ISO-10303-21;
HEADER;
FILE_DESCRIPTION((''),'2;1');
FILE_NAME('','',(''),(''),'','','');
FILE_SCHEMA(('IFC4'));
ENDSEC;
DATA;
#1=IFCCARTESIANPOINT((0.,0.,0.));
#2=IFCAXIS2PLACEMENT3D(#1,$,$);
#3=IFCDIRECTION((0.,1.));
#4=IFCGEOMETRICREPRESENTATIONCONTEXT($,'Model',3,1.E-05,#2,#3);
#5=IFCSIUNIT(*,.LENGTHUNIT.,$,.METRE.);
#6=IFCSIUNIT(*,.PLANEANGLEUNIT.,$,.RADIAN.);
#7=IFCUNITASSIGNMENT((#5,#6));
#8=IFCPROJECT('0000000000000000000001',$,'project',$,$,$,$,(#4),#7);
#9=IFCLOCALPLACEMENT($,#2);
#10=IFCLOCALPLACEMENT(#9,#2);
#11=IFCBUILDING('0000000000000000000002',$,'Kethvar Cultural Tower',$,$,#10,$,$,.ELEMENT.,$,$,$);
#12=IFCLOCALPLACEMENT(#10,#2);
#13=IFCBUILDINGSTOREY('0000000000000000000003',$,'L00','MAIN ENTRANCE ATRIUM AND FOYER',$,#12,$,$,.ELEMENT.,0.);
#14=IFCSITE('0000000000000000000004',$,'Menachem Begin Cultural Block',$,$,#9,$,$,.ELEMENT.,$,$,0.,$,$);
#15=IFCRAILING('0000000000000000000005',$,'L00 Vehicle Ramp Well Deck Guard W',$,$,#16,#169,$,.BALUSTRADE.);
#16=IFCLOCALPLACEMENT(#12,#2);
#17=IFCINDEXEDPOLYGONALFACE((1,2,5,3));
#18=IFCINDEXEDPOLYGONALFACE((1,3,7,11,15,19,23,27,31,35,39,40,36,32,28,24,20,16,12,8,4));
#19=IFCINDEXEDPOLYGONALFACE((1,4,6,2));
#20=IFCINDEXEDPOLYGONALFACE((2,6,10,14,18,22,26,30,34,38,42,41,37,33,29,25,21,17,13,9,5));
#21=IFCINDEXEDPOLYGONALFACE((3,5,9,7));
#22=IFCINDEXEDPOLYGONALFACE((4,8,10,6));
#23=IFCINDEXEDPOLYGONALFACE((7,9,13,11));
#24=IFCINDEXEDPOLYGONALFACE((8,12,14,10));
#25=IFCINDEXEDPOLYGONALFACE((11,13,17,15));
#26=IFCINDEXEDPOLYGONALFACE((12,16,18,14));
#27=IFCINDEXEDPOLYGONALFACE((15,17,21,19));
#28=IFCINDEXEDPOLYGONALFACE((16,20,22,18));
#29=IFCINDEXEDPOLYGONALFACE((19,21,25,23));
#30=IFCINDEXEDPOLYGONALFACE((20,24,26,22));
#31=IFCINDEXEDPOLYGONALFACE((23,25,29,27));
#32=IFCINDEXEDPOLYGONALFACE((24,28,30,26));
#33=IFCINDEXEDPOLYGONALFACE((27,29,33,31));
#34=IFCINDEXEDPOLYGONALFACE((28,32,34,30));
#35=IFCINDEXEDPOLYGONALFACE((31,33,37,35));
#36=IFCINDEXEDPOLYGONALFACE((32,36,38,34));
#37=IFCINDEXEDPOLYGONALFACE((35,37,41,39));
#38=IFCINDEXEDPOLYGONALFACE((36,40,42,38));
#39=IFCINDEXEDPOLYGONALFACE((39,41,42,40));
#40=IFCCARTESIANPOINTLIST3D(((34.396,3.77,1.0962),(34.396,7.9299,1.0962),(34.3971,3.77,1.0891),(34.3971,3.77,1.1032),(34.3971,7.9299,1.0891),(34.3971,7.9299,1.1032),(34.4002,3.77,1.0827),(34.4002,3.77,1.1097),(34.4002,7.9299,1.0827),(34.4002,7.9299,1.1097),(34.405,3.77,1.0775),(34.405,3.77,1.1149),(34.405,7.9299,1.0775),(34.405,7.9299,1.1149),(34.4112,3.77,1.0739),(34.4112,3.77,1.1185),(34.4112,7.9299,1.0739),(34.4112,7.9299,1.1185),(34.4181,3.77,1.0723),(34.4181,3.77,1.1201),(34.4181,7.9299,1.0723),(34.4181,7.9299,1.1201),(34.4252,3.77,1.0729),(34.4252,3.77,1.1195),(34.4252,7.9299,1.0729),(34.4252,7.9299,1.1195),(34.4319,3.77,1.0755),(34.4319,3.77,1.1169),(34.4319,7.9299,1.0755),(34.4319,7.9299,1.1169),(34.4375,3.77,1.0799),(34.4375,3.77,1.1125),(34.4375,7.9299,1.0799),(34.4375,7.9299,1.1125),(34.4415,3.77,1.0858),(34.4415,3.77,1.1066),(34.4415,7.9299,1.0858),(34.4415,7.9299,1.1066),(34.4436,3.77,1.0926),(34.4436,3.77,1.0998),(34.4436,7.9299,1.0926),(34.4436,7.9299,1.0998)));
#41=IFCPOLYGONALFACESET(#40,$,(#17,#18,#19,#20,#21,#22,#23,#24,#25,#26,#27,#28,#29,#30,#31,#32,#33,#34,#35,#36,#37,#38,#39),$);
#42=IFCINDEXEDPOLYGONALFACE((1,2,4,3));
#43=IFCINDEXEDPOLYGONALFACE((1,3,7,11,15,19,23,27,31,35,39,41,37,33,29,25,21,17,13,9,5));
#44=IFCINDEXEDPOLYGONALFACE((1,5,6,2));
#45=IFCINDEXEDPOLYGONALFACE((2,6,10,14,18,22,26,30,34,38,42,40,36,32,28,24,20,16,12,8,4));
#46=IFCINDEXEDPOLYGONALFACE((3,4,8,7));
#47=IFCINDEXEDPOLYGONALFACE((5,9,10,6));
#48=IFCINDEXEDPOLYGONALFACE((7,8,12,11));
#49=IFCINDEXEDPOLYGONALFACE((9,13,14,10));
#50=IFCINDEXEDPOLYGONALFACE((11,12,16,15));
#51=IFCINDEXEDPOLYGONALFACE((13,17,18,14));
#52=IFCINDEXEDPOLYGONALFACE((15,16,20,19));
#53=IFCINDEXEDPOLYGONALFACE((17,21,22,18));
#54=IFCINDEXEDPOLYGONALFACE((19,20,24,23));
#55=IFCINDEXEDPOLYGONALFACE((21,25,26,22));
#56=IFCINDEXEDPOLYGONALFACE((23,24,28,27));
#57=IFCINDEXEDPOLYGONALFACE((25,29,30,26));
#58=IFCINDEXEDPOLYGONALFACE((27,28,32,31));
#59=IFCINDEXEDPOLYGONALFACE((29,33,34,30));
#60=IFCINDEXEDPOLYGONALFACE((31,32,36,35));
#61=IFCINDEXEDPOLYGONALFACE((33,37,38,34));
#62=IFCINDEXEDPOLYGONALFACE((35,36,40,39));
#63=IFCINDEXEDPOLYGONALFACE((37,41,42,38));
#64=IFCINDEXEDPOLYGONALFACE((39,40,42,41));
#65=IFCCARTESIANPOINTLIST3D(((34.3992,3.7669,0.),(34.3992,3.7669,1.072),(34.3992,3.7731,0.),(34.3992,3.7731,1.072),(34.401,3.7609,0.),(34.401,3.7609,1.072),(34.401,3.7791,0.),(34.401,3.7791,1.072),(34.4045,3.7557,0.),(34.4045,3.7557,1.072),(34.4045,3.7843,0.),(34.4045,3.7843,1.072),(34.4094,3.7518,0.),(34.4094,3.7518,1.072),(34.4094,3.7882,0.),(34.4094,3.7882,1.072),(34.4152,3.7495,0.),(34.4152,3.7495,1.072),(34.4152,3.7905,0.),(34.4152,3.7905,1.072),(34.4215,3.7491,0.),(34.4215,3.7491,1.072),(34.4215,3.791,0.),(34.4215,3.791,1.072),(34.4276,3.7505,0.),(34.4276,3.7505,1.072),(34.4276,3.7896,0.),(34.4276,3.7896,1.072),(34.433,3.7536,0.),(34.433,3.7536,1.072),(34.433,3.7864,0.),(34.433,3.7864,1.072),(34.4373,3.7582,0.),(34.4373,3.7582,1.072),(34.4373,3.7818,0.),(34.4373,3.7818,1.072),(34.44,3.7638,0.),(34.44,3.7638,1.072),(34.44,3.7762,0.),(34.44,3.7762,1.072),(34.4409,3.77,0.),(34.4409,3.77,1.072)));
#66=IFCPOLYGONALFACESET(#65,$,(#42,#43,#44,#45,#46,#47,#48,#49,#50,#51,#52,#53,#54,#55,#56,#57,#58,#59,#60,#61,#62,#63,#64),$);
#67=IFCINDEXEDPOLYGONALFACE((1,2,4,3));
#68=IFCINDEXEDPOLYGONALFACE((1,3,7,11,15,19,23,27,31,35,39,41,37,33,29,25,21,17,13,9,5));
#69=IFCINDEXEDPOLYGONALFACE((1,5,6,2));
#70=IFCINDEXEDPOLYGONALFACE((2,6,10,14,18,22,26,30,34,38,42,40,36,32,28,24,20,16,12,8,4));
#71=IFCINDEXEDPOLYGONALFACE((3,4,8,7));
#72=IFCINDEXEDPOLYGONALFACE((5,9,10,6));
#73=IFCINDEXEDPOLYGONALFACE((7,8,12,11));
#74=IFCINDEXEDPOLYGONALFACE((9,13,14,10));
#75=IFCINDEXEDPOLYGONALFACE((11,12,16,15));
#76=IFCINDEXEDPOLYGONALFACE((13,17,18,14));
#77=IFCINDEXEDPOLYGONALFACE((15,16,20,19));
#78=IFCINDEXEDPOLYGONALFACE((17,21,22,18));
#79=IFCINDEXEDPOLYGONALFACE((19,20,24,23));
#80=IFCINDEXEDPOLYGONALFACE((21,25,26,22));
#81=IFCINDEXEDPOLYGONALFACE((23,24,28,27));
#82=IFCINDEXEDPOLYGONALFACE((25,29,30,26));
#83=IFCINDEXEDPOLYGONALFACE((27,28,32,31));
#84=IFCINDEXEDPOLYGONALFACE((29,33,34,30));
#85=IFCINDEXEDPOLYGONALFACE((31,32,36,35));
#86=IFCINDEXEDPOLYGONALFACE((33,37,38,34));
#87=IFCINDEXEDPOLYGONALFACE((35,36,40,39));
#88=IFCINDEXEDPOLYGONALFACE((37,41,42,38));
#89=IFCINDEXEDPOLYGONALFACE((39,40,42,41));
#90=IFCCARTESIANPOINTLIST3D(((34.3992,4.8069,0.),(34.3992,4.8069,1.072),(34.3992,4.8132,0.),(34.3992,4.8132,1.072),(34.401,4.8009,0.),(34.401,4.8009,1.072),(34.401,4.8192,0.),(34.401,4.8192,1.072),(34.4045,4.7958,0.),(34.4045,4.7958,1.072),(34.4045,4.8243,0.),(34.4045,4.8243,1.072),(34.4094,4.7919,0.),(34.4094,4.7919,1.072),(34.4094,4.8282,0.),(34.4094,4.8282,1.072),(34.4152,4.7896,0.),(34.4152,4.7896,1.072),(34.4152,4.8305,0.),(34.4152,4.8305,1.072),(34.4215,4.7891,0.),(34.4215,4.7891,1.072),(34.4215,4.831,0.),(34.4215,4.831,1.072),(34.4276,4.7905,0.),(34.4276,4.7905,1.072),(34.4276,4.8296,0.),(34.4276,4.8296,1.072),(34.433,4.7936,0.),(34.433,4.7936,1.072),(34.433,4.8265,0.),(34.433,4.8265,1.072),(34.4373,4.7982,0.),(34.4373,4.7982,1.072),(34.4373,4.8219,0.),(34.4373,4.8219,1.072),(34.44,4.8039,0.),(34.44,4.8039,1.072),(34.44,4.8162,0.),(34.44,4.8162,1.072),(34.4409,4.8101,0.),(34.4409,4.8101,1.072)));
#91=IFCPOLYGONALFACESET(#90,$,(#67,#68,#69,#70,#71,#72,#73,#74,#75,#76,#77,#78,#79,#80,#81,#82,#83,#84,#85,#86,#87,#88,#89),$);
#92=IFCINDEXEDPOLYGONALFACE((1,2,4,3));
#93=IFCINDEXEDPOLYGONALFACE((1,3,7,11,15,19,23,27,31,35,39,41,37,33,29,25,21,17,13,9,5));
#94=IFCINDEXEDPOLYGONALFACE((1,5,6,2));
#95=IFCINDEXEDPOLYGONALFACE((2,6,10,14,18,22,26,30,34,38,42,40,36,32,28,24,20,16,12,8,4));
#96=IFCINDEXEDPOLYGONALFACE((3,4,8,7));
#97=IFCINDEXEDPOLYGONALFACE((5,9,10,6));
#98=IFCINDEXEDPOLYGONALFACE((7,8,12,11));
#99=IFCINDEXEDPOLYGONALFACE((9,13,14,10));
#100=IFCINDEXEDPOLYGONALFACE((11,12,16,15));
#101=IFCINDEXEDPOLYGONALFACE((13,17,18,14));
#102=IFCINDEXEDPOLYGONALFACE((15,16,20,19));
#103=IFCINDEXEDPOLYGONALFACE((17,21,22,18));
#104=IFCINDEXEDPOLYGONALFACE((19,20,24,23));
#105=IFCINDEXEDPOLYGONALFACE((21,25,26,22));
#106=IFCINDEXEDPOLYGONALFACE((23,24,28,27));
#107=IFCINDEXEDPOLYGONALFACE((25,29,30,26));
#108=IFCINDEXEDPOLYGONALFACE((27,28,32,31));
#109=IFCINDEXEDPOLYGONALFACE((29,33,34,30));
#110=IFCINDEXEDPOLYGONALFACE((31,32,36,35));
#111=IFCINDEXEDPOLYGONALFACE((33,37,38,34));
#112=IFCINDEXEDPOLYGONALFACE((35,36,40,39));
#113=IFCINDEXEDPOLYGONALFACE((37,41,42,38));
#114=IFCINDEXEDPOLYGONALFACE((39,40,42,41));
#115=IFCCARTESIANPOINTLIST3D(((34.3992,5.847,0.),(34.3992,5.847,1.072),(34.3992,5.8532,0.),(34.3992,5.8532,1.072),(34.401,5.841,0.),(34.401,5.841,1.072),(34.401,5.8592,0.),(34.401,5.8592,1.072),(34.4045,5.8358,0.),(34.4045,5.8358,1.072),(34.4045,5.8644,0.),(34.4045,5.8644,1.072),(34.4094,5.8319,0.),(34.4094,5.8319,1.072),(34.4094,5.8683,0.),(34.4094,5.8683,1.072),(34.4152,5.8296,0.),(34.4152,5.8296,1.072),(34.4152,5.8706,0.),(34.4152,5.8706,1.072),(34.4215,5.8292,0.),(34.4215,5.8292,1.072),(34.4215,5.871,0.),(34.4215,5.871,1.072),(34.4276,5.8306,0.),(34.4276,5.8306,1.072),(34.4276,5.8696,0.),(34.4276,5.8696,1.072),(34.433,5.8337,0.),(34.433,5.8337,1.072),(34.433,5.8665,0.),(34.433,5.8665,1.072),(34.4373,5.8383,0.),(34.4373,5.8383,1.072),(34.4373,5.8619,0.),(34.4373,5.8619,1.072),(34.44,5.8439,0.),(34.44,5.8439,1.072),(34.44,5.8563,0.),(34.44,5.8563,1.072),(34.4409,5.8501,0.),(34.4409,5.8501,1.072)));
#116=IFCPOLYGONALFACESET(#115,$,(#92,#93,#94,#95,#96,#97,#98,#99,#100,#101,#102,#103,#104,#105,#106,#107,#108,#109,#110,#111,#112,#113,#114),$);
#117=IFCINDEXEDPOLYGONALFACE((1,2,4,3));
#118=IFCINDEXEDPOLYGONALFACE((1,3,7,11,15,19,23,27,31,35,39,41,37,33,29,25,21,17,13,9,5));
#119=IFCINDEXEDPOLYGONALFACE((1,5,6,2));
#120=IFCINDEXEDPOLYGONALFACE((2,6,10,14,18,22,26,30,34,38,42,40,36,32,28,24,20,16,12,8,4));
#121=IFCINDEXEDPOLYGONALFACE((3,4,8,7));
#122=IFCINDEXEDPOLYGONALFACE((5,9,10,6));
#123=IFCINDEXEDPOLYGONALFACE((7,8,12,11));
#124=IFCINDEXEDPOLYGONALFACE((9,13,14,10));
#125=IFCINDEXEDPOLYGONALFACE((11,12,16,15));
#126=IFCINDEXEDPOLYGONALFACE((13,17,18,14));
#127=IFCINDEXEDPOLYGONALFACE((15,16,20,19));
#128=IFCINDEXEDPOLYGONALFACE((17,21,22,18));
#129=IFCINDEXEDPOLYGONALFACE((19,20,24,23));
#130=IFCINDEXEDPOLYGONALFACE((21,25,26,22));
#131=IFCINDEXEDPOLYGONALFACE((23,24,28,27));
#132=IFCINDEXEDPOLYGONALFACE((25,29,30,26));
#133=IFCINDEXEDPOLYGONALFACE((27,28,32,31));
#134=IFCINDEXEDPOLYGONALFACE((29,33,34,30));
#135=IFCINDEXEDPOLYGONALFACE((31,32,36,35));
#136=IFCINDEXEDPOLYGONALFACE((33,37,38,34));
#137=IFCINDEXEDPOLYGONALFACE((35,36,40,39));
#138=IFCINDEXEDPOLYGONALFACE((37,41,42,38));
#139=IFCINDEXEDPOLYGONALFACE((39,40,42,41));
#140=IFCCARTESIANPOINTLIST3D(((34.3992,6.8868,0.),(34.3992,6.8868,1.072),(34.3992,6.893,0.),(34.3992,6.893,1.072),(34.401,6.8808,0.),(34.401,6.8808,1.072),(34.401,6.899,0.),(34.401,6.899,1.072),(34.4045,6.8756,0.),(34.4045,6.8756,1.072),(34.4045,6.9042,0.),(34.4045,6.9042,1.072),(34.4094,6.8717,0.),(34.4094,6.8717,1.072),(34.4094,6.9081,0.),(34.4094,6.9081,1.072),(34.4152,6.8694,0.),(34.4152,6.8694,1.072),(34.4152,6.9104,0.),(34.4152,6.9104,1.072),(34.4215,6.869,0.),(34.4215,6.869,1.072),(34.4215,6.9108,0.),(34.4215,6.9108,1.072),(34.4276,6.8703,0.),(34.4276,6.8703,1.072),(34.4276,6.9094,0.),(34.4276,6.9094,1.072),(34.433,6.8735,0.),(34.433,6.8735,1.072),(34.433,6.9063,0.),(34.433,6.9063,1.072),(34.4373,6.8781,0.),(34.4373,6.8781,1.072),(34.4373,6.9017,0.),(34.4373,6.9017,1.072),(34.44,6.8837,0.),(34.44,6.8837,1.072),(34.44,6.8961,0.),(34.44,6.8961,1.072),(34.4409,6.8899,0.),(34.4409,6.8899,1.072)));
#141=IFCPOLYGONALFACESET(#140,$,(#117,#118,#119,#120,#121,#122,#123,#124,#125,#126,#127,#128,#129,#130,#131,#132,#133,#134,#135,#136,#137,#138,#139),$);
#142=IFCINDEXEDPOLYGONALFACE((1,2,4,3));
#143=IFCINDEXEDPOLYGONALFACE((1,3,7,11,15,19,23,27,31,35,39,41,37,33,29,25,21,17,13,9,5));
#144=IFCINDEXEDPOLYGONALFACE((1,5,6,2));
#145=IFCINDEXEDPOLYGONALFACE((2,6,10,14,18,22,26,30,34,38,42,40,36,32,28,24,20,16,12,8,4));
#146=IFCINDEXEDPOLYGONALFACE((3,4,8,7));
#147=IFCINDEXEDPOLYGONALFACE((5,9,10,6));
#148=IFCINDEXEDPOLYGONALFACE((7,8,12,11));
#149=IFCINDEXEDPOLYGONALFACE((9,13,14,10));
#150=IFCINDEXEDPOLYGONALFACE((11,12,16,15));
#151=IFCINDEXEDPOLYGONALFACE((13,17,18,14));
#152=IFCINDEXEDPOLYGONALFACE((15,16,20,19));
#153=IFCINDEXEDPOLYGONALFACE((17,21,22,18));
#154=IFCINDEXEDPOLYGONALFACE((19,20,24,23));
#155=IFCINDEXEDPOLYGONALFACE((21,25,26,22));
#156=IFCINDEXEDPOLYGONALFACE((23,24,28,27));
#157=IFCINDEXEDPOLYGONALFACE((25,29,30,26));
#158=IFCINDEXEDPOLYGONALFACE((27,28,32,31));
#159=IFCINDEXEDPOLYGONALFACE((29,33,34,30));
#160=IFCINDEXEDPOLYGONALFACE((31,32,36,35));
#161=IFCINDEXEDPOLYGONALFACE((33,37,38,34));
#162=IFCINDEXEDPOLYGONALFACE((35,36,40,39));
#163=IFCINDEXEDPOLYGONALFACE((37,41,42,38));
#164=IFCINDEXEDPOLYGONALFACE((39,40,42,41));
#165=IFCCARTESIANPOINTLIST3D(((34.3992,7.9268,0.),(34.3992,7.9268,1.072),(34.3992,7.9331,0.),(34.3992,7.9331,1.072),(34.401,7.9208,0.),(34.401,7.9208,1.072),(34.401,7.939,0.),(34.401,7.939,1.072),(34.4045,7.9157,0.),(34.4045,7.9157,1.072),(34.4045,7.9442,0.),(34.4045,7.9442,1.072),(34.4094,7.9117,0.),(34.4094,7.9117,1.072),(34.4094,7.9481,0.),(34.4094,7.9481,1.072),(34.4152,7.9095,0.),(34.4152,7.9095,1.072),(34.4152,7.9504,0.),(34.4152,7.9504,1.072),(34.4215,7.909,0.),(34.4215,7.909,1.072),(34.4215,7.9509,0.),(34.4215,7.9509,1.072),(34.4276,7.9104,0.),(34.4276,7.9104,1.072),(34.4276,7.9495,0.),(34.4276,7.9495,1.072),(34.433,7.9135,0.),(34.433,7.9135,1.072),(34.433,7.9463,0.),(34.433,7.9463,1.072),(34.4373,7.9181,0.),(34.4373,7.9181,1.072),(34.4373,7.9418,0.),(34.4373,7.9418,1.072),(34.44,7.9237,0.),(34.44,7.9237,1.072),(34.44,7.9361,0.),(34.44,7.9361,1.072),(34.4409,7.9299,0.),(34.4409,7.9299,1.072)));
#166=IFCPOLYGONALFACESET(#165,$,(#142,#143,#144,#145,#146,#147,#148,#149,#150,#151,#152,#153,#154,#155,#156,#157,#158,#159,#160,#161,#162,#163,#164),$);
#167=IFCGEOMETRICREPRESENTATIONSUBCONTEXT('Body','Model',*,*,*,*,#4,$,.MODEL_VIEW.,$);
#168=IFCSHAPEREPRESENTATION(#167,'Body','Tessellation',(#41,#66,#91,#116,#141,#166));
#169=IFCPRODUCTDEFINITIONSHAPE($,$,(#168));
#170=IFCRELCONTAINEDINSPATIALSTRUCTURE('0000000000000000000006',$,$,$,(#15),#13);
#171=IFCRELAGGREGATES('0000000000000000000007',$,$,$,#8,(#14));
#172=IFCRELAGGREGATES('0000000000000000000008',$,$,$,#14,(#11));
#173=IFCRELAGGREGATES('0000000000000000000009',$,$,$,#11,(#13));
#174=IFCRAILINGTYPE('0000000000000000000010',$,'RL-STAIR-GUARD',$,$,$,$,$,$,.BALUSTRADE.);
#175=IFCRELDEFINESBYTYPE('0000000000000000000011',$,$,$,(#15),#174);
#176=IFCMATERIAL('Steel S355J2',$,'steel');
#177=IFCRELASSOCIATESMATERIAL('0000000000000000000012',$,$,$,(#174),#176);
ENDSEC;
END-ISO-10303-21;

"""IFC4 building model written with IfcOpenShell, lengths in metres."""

from ifc_helpers import new_model, si_unit, direction, frame, origin, origin_2d, place, context, subcontext, project, spatial, circle, extrude, material, type_object, element, save


model = new_model("IFC4")

# Units and contexts
model_context = context("Model", 3, precision=1e-05, world=origin(), true_north=direction((0.0, 1.0)))
body_context = subcontext(model_context, "Body", "Model", "MODEL_VIEW")
ifc_project = project(units=[si_unit("LENGTHUNIT", "METRE"), si_unit("PLANEANGLEUNIT", "RADIAN")], contexts=[model_context])

# Site, building, storey
site_placement = place(None, origin())
site = spatial("IfcSite", under=ifc_project, at=site_placement, Name="Menachem Begin Cultural Block", CompositionType="ELEMENT", RefElevation=0.0)
building_placement = place(site_placement, origin())
building = spatial("IfcBuilding", under=site, at=building_placement, Name="Kethvar Cultural Tower", CompositionType="ELEMENT")
storey_placement = place(building_placement, origin())
storey = spatial("IfcBuildingStorey", under=building, at=storey_placement, Name="L00", Description="MAIN ENTRANCE ATRIUM AND FOYER", CompositionType="ELEMENT", Elevation=0.0)

# Shared definitions
ifc_material_1 = material(Name="Steel S355J2", Category="steel")

# Railing
railing_type_1 = type_object("IfcRailingType", Name="RL-STAIR-GUARD", PredefinedType="BALUSTRADE", material=ifc_material_1)
railing_1_placement = place(storey_placement, frame((34.4199, 3.77, 0.0)))
element("IfcRailing", 1, at=railing_1_placement, inside=storey, type_object=railing_type_1, Name="L00 Vehicle Ramp Well Deck Guard W", PredefinedType="BALUSTRADE", context=body_context, shape_type="SweptSolid", body=[
    extrude(circle(Radius=0.0239, at=origin_2d()), frame((0.0, 0.0, 1.0962), z_axis=(0.0, 1.0, 0.0), x_axis=(-1.0, 0.0, 0.0)), (0.0, 0.0, 1.0), 4.1599),
    extrude(circle(Radius=0.021, at=origin_2d()), origin(), (0.0, 0.0, 1.0), 1.072),
    extrude(circle(Radius=0.021, at=origin_2d()), frame((0.0, 1.04, 0.0)), (0.0, 0.0, 1.0), 1.072),
    extrude(circle(Radius=0.021, at=origin_2d()), frame((0.0, 2.0801, 0.0)), (0.0, 0.0, 1.0), 1.072),
    extrude(circle(Radius=0.021, at=origin_2d()), frame((0.0, 3.1199, 0.0)), (0.0, 0.0, 1.0), 1.072),
    extrude(circle(Radius=0.021, at=origin_2d()), frame((0.0, 4.1599, 0.0)), (0.0, 0.0, 1.0), 1.072),
])

save(model, "model.ifc")
